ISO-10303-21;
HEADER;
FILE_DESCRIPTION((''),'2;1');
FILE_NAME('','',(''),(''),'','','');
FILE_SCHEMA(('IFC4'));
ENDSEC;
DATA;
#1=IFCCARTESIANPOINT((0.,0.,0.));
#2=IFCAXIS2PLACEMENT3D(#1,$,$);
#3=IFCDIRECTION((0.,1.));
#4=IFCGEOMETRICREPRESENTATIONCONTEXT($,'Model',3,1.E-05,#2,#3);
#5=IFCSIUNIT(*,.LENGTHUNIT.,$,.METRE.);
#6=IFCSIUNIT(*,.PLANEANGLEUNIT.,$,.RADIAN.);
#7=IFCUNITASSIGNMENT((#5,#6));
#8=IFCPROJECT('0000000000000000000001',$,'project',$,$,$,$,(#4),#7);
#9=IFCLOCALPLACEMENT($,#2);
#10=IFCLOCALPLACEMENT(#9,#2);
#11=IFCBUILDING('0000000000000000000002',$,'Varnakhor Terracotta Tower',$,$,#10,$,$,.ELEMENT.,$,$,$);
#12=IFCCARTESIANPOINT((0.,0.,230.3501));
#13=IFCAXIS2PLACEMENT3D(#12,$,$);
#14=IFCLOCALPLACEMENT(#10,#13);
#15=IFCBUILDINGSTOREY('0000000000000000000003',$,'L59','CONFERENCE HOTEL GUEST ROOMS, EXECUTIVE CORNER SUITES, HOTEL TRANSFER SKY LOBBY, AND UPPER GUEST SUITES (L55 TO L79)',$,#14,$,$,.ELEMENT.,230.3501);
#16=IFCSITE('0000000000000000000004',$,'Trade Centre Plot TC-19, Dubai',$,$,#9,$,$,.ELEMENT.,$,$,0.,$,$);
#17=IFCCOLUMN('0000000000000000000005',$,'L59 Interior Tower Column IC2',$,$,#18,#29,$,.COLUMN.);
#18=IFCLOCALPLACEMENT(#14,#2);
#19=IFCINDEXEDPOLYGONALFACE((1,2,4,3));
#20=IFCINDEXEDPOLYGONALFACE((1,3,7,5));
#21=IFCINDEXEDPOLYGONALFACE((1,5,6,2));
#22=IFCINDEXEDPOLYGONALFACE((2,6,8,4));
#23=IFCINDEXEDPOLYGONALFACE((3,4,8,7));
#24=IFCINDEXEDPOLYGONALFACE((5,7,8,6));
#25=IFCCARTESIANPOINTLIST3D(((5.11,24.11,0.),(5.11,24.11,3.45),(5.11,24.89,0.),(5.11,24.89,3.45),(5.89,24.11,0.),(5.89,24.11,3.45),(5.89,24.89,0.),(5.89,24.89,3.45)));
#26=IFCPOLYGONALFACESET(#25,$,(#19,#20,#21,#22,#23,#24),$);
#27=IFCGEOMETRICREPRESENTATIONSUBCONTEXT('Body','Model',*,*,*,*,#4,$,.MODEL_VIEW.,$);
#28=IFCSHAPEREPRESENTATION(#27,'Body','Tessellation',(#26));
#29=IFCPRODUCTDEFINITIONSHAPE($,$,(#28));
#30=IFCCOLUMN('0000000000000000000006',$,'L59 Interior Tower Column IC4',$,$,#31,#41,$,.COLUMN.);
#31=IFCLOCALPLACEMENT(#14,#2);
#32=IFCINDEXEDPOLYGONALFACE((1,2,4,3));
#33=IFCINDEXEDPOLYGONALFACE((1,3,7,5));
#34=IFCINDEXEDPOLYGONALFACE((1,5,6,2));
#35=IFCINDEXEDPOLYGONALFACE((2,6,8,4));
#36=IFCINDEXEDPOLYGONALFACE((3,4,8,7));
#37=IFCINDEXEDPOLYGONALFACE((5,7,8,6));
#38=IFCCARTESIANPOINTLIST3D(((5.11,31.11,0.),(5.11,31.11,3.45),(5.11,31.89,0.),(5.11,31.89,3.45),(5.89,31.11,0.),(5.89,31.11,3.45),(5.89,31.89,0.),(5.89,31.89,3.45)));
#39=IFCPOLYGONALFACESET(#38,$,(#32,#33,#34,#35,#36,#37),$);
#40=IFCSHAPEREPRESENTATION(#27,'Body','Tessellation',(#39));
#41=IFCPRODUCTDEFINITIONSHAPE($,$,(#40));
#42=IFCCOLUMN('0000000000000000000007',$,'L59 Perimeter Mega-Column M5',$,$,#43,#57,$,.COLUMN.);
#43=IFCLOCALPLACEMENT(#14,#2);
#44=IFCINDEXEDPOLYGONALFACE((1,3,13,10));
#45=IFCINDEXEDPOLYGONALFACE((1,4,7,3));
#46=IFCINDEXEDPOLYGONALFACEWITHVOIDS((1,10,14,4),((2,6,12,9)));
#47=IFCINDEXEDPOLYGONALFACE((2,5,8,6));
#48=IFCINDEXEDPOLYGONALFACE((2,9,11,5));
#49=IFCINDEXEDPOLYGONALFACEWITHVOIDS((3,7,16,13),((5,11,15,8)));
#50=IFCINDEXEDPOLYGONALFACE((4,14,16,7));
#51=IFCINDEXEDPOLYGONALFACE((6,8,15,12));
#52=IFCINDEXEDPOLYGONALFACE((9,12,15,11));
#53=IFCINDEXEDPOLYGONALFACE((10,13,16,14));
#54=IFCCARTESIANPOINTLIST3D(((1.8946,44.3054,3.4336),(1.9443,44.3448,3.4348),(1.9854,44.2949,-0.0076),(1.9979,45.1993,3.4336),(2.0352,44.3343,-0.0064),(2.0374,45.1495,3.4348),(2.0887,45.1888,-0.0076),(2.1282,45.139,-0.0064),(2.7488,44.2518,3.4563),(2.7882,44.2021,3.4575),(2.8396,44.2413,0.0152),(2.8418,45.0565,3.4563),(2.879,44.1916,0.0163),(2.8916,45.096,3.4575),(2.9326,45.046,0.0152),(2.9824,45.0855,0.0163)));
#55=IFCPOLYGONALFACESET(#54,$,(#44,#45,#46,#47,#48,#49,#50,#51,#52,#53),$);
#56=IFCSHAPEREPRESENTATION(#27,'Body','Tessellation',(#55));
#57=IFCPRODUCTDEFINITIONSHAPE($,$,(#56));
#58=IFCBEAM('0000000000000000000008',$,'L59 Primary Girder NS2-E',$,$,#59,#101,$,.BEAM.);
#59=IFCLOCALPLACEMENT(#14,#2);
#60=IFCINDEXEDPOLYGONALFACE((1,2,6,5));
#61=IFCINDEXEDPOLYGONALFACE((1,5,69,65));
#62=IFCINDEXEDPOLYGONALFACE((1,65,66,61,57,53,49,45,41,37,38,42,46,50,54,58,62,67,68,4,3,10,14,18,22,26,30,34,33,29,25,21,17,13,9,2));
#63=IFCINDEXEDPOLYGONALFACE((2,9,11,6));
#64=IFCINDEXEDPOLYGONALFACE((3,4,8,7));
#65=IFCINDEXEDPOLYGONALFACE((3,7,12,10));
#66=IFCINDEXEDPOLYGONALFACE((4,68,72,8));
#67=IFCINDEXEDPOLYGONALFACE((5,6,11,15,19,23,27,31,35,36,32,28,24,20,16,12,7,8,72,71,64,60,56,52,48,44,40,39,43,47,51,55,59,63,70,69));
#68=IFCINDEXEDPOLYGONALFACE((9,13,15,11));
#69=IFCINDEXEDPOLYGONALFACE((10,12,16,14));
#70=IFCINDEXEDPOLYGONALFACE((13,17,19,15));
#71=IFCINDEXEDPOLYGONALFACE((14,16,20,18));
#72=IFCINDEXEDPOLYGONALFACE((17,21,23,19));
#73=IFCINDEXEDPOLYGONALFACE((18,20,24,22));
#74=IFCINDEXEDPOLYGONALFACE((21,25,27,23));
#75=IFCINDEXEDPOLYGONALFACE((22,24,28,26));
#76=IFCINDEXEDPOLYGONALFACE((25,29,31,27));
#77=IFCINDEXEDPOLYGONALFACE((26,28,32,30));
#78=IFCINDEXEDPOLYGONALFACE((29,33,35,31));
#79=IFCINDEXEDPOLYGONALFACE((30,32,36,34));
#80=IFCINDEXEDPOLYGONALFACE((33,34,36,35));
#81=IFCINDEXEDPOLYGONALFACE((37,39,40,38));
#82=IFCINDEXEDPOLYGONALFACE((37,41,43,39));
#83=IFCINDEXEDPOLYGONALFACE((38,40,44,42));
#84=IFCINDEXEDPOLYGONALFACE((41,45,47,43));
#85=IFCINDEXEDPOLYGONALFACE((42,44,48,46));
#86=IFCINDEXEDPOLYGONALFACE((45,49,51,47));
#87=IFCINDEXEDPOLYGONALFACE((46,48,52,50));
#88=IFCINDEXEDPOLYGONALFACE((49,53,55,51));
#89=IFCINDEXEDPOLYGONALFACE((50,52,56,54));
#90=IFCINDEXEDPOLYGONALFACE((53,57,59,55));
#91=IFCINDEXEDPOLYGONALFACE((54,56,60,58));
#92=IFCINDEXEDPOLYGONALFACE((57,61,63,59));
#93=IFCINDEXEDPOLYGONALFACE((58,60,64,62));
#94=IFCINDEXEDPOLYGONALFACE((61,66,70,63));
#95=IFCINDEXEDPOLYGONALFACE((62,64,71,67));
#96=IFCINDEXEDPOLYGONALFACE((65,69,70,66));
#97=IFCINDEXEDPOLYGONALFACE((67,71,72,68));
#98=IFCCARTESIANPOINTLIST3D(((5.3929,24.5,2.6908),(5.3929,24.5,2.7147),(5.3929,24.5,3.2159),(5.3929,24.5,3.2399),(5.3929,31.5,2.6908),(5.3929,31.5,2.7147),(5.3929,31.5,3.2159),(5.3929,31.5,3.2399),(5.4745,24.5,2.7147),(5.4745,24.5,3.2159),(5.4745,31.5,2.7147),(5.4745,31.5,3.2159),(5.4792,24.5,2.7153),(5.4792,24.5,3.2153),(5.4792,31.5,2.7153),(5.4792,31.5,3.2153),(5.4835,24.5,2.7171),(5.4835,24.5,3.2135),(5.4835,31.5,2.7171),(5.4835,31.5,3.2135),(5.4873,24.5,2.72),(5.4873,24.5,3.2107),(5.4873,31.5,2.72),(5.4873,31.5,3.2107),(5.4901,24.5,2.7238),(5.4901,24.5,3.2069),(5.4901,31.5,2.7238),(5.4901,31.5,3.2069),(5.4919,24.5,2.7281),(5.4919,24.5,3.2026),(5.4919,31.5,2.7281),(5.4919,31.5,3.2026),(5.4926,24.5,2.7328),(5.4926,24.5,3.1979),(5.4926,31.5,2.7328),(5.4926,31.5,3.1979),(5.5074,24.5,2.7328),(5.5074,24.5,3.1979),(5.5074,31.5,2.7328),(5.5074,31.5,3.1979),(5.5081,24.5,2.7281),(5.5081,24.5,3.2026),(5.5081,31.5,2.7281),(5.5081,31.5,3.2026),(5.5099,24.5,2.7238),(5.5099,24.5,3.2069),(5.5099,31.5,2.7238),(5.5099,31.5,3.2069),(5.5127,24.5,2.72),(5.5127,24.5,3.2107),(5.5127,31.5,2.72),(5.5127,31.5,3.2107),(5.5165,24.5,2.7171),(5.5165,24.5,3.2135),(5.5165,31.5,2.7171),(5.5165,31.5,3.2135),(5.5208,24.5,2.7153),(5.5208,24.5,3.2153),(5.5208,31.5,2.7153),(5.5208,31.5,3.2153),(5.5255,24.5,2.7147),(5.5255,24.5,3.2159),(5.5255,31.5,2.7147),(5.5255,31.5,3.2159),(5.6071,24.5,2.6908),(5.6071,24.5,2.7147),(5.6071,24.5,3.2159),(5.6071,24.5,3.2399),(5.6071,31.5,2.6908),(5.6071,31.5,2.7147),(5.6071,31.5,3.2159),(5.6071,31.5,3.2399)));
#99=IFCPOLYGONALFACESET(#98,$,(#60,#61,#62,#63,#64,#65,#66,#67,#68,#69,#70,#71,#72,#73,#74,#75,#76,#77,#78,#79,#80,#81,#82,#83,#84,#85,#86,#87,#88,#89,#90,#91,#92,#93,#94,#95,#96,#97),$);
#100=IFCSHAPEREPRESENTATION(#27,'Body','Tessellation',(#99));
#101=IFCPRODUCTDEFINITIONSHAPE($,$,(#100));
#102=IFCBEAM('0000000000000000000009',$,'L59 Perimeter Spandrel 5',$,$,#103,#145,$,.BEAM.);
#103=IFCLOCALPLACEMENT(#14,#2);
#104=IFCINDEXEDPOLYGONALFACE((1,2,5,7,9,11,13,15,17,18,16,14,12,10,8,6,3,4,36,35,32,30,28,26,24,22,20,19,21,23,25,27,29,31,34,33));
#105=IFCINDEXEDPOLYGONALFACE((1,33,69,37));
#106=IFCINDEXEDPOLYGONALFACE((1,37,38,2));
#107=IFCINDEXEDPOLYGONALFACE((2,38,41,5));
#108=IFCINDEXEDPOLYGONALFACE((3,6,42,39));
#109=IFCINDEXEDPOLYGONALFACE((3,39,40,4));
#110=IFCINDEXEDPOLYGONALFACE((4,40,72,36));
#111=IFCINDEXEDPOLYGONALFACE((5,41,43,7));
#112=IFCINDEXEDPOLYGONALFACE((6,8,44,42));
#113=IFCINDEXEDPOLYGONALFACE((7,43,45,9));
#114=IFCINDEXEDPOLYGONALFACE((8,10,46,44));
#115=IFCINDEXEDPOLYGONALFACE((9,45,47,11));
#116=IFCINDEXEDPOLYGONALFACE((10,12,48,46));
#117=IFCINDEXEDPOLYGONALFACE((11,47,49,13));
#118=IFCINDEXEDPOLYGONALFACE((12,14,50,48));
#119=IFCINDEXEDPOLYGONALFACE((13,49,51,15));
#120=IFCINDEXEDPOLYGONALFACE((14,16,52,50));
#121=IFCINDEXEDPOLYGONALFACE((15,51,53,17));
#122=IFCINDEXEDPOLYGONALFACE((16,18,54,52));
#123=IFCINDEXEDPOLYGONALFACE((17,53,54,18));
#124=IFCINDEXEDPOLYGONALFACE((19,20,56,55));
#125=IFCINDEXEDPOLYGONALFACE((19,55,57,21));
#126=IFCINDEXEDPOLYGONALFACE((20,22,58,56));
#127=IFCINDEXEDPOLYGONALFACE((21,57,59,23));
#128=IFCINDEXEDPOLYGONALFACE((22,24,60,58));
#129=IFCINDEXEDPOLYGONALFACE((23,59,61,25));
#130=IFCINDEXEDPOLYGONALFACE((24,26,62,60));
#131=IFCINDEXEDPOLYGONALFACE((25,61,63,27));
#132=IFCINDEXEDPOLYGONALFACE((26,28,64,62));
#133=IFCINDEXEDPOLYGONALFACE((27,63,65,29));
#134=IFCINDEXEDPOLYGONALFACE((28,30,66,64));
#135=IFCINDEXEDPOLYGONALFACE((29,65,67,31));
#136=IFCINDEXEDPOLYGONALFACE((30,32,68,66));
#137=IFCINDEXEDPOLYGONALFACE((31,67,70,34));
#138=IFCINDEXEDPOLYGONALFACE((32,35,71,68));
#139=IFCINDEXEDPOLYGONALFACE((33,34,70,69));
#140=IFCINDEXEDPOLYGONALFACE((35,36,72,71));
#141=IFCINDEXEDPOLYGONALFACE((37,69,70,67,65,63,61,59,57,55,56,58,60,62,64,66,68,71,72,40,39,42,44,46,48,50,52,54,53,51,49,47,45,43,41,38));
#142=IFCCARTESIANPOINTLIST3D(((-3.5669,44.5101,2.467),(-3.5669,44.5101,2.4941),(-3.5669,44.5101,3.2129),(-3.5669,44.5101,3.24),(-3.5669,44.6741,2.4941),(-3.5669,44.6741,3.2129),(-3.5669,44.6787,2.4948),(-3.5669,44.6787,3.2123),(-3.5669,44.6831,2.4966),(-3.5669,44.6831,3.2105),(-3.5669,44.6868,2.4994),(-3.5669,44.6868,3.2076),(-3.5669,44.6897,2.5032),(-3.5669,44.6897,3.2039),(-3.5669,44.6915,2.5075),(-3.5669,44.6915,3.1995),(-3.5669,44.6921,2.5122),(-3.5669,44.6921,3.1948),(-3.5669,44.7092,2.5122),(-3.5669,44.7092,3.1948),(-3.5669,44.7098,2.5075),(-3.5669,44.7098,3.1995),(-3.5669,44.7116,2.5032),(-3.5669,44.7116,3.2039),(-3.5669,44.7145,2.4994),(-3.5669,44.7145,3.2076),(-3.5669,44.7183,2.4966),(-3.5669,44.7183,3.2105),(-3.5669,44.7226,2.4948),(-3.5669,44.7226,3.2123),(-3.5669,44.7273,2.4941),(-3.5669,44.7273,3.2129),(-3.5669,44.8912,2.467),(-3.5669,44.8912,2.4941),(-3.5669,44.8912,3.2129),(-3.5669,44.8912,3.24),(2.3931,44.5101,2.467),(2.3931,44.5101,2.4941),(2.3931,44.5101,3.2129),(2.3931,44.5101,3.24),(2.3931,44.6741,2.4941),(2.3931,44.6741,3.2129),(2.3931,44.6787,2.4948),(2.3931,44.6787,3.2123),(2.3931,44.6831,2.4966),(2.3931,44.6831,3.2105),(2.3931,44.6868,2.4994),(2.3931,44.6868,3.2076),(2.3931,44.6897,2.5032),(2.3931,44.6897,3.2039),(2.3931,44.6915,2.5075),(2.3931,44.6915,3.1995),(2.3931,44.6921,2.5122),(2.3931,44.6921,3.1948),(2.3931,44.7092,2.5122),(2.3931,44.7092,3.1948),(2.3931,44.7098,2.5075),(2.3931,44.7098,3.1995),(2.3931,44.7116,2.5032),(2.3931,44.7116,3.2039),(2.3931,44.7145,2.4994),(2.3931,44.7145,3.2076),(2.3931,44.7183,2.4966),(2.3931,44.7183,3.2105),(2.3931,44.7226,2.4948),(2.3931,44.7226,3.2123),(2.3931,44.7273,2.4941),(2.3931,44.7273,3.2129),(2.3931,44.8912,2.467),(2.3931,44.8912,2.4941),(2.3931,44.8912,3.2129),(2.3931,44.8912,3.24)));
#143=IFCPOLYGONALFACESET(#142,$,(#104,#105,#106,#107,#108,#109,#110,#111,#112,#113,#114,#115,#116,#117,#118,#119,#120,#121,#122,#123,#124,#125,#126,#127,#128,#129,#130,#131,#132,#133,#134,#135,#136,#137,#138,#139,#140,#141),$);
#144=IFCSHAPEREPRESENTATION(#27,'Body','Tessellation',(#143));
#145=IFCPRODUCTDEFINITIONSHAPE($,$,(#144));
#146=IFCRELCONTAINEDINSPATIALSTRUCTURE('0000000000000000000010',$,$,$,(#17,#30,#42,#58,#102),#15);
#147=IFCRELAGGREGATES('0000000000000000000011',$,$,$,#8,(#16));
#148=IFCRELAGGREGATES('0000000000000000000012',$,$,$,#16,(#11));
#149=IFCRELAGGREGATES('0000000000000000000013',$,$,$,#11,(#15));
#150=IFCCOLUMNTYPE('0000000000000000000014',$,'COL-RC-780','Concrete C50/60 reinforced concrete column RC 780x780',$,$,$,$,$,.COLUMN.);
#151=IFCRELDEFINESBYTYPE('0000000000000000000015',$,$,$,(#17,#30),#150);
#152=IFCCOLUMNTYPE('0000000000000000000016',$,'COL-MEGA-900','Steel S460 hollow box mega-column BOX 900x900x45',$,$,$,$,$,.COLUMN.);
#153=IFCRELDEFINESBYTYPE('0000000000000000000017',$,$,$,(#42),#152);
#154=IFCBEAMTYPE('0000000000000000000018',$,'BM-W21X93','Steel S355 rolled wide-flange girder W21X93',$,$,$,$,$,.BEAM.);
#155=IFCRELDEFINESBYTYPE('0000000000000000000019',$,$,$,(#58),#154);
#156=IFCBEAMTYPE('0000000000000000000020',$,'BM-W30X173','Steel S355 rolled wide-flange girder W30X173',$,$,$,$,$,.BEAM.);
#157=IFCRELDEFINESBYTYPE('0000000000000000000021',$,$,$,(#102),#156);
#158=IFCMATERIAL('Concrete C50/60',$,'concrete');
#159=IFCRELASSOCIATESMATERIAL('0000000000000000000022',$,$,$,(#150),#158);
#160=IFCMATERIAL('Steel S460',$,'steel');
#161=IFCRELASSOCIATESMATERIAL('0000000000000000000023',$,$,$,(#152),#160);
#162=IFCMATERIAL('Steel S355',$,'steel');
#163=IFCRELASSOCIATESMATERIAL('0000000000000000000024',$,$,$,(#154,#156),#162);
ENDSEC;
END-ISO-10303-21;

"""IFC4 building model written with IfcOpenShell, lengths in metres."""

from ifc_helpers import new_model, si_unit, direction, frame, origin, origin_2d, place, context, subcontext, project, spatial, rectangle, hollow_rectangle, i_section, extrude, source, transform, mapped, material, material_profile, profile_set, type_object, element, save


model = new_model("IFC4")

# Units and contexts
model_context = context("Model", 3, precision=1e-05, world=origin(), true_north=direction((0.0, 1.0)))
body_context = subcontext(model_context, "Body", "Model", "MODEL_VIEW")
ifc_project = project(units=[si_unit("LENGTHUNIT", "METRE"), si_unit("PLANEANGLEUNIT", "RADIAN")], contexts=[model_context])

# Site, building, storey
site_placement = place(None, origin())
site = spatial("IfcSite", under=ifc_project, at=site_placement, Name="Trade Centre Plot TC-19, Dubai", CompositionType="ELEMENT", RefElevation=0.0)
building_placement = place(site_placement, origin())
building = spatial("IfcBuilding", under=site, at=building_placement, Name="Varnakhor Terracotta Tower", CompositionType="ELEMENT")
storey_placement = place(building_placement, frame((0.0, 0.0, 230.3501)))
storey = spatial("IfcBuildingStorey", under=building, at=storey_placement, Name="L59", Description="CONFERENCE HOTEL GUEST ROOMS, EXECUTIVE CORNER SUITES, HOTEL TRANSFER SKY LOBBY, AND UPPER GUEST SUITES (L55 TO L79)", CompositionType="ELEMENT", Elevation=230.3501)

# Columns
ifc_material_1 = material(Name="Concrete C50/60", Category="concrete")
ifc_material_profile_1 = material_profile(ifc_material_1, rectangle(XDim=0.78, YDim=0.78, at=origin_2d()), Name="RC 780x780")
ifc_profile_set_1 = profile_set([ifc_material_profile_1], Name="Concrete C50/60")
column_type_1 = type_object("IfcColumnType", Name="COL-RC-780", Description="Concrete C50/60 reinforced concrete column RC 780x780", PredefinedType="COLUMN", material=ifc_profile_set_1)
shared_shape_1 = source(origin(), body_context, "Body", "SweptSolid", [
    extrude(rectangle(XDim=0.78, YDim=0.78, at=origin_2d()), origin(), (0.0, 0.0, 1.0), 3.45),
])
for number, where, z_axis, x_axis, name in (
    (1, (5.5, 24.5, 0.0), (0.0, 0.0, 1.0), (1.0, 0.0, 0.0), "L59 Interior Tower Column IC2"),
    (2, (5.5, 31.5, 0.0), (0.0, 0.0, 1.0), (1.0, 0.0, 0.0), "L59 Interior Tower Column IC4"),
):
    element("IfcColumn", number, at=place(storey_placement, frame(where, z_axis=z_axis, x_axis=x_axis)), inside=storey, type_object=column_type_1, Name=name, PredefinedType="COLUMN", context=body_context, shape_type="MappedRepresentation", body=[
        mapped(shared_shape_1, transform((0.0, 0.0, 0.0), scale=1.0)),
    ])
ifc_material_2 = material(Name="Steel S460", Category="steel")
ifc_material_profile_2 = material_profile(ifc_material_2, hollow_rectangle(XDim=0.8999, YDim=0.8999, WallThickness=0.0449, at=origin_2d()), Name="BOX 900x900x45")
ifc_profile_set_2 = profile_set([ifc_material_profile_2], Name="Steel S460")
column_type_2 = type_object("IfcColumnType", Name="COL-MEGA-900", Description="Steel S460 hollow box mega-column BOX 900x900x45", PredefinedType="COLUMN", material=ifc_profile_set_2)
shared_shape_2 = source(origin(), body_context, "Body", "SweptSolid", [
    extrude(hollow_rectangle(XDim=0.8999, YDim=0.8999, WallThickness=0.0449, at=origin_2d()), origin(), (0.0, 0.0, 1.0), 3.4424),
])
column_placement = place(storey_placement, frame((2.4839, 44.6902, 0.0044), z_axis=(-0.026383, 0.00305, 0.999647), x_axis=(-0.114827, -0.993386, 0.0)))
element("IfcColumn", 3, at=column_placement, inside=storey, type_object=column_type_2, Name="L59 Perimeter Mega-Column M5", PredefinedType="COLUMN", context=body_context, shape_type="MappedRepresentation", body=[
    mapped(shared_shape_2, transform((0.0, 0.0, 0.0), scale=1.0)),
])

# Beams
ifc_material_3 = material(Name="Steel S355", Category="steel")
ifc_material_profile_3 = material_profile(ifc_material_3, i_section(OverallWidth=0.2141, OverallDepth=0.5491, WebThickness=0.0149, FlangeThickness=0.0239, FilletRadius=0.0181, at=origin_2d()), Name="W21X93")
ifc_profile_set_3 = profile_set([ifc_material_profile_3], Name="Steel S355")
beam_type_1 = type_object("IfcBeamType", Name="BM-W21X93", Description="Steel S355 rolled wide-flange girder W21X93", PredefinedType="BEAM", material=ifc_profile_set_3)
shared_shape_3 = source(origin(), body_context, "Body", "SweptSolid", [
    extrude(i_section(OverallWidth=0.2141, OverallDepth=0.5491, WebThickness=0.0149, FlangeThickness=0.0239, FilletRadius=0.0181, at=origin_2d()), origin(), (0.0, 0.0, 1.0), 7.0),
])
beam_1_placement = place(storey_placement, frame((5.5, 24.5, 2.9653), z_axis=(0.0, 1.0, 0.0), x_axis=(-1.0, 0.0, 0.0)))
element("IfcBeam", 4, at=beam_1_placement, inside=storey, type_object=beam_type_1, Name="L59 Primary Girder NS2-E", PredefinedType="BEAM", context=body_context, shape_type="MappedRepresentation", body=[
    mapped(shared_shape_3, transform((0.0, 0.0, 0.0), scale=1.0)),
])
ifc_material_profile_4 = material_profile(ifc_material_3, i_section(OverallWidth=0.3811, OverallDepth=0.7729, WebThickness=0.0171, FlangeThickness=0.0271, FilletRadius=0.0181, at=origin_2d()), Name="W30X173")
ifc_profile_set_4 = profile_set([ifc_material_profile_4], Name="Steel S355")
beam_type_2 = type_object("IfcBeamType", Name="BM-W30X173", Description="Steel S355 rolled wide-flange girder W30X173", PredefinedType="BEAM", material=ifc_profile_set_4)
shared_shape_4 = source(origin(), body_context, "Body", "SweptSolid", [
    extrude(i_section(OverallWidth=0.3811, OverallDepth=0.7729, WebThickness=0.0171, FlangeThickness=0.0271, FilletRadius=0.0181, at=origin_2d()), origin(), (0.0, 0.0, 1.0), 5.96),
])
beam_2_placement = place(storey_placement, frame((2.3931, 44.7007, 2.8535), z_axis=(-1.0, 0.0, 0.0), x_axis=(0.0, -1.0, 0.0)))
element("IfcBeam", 5, at=beam_2_placement, inside=storey, type_object=beam_type_2, Name="L59 Perimeter Spandrel 5", PredefinedType="BEAM", context=body_context, shape_type="MappedRepresentation", body=[
    mapped(shared_shape_4, transform((0.0, 0.0, 0.0), scale=1.0)),
])

save(model, "model.ifc")
